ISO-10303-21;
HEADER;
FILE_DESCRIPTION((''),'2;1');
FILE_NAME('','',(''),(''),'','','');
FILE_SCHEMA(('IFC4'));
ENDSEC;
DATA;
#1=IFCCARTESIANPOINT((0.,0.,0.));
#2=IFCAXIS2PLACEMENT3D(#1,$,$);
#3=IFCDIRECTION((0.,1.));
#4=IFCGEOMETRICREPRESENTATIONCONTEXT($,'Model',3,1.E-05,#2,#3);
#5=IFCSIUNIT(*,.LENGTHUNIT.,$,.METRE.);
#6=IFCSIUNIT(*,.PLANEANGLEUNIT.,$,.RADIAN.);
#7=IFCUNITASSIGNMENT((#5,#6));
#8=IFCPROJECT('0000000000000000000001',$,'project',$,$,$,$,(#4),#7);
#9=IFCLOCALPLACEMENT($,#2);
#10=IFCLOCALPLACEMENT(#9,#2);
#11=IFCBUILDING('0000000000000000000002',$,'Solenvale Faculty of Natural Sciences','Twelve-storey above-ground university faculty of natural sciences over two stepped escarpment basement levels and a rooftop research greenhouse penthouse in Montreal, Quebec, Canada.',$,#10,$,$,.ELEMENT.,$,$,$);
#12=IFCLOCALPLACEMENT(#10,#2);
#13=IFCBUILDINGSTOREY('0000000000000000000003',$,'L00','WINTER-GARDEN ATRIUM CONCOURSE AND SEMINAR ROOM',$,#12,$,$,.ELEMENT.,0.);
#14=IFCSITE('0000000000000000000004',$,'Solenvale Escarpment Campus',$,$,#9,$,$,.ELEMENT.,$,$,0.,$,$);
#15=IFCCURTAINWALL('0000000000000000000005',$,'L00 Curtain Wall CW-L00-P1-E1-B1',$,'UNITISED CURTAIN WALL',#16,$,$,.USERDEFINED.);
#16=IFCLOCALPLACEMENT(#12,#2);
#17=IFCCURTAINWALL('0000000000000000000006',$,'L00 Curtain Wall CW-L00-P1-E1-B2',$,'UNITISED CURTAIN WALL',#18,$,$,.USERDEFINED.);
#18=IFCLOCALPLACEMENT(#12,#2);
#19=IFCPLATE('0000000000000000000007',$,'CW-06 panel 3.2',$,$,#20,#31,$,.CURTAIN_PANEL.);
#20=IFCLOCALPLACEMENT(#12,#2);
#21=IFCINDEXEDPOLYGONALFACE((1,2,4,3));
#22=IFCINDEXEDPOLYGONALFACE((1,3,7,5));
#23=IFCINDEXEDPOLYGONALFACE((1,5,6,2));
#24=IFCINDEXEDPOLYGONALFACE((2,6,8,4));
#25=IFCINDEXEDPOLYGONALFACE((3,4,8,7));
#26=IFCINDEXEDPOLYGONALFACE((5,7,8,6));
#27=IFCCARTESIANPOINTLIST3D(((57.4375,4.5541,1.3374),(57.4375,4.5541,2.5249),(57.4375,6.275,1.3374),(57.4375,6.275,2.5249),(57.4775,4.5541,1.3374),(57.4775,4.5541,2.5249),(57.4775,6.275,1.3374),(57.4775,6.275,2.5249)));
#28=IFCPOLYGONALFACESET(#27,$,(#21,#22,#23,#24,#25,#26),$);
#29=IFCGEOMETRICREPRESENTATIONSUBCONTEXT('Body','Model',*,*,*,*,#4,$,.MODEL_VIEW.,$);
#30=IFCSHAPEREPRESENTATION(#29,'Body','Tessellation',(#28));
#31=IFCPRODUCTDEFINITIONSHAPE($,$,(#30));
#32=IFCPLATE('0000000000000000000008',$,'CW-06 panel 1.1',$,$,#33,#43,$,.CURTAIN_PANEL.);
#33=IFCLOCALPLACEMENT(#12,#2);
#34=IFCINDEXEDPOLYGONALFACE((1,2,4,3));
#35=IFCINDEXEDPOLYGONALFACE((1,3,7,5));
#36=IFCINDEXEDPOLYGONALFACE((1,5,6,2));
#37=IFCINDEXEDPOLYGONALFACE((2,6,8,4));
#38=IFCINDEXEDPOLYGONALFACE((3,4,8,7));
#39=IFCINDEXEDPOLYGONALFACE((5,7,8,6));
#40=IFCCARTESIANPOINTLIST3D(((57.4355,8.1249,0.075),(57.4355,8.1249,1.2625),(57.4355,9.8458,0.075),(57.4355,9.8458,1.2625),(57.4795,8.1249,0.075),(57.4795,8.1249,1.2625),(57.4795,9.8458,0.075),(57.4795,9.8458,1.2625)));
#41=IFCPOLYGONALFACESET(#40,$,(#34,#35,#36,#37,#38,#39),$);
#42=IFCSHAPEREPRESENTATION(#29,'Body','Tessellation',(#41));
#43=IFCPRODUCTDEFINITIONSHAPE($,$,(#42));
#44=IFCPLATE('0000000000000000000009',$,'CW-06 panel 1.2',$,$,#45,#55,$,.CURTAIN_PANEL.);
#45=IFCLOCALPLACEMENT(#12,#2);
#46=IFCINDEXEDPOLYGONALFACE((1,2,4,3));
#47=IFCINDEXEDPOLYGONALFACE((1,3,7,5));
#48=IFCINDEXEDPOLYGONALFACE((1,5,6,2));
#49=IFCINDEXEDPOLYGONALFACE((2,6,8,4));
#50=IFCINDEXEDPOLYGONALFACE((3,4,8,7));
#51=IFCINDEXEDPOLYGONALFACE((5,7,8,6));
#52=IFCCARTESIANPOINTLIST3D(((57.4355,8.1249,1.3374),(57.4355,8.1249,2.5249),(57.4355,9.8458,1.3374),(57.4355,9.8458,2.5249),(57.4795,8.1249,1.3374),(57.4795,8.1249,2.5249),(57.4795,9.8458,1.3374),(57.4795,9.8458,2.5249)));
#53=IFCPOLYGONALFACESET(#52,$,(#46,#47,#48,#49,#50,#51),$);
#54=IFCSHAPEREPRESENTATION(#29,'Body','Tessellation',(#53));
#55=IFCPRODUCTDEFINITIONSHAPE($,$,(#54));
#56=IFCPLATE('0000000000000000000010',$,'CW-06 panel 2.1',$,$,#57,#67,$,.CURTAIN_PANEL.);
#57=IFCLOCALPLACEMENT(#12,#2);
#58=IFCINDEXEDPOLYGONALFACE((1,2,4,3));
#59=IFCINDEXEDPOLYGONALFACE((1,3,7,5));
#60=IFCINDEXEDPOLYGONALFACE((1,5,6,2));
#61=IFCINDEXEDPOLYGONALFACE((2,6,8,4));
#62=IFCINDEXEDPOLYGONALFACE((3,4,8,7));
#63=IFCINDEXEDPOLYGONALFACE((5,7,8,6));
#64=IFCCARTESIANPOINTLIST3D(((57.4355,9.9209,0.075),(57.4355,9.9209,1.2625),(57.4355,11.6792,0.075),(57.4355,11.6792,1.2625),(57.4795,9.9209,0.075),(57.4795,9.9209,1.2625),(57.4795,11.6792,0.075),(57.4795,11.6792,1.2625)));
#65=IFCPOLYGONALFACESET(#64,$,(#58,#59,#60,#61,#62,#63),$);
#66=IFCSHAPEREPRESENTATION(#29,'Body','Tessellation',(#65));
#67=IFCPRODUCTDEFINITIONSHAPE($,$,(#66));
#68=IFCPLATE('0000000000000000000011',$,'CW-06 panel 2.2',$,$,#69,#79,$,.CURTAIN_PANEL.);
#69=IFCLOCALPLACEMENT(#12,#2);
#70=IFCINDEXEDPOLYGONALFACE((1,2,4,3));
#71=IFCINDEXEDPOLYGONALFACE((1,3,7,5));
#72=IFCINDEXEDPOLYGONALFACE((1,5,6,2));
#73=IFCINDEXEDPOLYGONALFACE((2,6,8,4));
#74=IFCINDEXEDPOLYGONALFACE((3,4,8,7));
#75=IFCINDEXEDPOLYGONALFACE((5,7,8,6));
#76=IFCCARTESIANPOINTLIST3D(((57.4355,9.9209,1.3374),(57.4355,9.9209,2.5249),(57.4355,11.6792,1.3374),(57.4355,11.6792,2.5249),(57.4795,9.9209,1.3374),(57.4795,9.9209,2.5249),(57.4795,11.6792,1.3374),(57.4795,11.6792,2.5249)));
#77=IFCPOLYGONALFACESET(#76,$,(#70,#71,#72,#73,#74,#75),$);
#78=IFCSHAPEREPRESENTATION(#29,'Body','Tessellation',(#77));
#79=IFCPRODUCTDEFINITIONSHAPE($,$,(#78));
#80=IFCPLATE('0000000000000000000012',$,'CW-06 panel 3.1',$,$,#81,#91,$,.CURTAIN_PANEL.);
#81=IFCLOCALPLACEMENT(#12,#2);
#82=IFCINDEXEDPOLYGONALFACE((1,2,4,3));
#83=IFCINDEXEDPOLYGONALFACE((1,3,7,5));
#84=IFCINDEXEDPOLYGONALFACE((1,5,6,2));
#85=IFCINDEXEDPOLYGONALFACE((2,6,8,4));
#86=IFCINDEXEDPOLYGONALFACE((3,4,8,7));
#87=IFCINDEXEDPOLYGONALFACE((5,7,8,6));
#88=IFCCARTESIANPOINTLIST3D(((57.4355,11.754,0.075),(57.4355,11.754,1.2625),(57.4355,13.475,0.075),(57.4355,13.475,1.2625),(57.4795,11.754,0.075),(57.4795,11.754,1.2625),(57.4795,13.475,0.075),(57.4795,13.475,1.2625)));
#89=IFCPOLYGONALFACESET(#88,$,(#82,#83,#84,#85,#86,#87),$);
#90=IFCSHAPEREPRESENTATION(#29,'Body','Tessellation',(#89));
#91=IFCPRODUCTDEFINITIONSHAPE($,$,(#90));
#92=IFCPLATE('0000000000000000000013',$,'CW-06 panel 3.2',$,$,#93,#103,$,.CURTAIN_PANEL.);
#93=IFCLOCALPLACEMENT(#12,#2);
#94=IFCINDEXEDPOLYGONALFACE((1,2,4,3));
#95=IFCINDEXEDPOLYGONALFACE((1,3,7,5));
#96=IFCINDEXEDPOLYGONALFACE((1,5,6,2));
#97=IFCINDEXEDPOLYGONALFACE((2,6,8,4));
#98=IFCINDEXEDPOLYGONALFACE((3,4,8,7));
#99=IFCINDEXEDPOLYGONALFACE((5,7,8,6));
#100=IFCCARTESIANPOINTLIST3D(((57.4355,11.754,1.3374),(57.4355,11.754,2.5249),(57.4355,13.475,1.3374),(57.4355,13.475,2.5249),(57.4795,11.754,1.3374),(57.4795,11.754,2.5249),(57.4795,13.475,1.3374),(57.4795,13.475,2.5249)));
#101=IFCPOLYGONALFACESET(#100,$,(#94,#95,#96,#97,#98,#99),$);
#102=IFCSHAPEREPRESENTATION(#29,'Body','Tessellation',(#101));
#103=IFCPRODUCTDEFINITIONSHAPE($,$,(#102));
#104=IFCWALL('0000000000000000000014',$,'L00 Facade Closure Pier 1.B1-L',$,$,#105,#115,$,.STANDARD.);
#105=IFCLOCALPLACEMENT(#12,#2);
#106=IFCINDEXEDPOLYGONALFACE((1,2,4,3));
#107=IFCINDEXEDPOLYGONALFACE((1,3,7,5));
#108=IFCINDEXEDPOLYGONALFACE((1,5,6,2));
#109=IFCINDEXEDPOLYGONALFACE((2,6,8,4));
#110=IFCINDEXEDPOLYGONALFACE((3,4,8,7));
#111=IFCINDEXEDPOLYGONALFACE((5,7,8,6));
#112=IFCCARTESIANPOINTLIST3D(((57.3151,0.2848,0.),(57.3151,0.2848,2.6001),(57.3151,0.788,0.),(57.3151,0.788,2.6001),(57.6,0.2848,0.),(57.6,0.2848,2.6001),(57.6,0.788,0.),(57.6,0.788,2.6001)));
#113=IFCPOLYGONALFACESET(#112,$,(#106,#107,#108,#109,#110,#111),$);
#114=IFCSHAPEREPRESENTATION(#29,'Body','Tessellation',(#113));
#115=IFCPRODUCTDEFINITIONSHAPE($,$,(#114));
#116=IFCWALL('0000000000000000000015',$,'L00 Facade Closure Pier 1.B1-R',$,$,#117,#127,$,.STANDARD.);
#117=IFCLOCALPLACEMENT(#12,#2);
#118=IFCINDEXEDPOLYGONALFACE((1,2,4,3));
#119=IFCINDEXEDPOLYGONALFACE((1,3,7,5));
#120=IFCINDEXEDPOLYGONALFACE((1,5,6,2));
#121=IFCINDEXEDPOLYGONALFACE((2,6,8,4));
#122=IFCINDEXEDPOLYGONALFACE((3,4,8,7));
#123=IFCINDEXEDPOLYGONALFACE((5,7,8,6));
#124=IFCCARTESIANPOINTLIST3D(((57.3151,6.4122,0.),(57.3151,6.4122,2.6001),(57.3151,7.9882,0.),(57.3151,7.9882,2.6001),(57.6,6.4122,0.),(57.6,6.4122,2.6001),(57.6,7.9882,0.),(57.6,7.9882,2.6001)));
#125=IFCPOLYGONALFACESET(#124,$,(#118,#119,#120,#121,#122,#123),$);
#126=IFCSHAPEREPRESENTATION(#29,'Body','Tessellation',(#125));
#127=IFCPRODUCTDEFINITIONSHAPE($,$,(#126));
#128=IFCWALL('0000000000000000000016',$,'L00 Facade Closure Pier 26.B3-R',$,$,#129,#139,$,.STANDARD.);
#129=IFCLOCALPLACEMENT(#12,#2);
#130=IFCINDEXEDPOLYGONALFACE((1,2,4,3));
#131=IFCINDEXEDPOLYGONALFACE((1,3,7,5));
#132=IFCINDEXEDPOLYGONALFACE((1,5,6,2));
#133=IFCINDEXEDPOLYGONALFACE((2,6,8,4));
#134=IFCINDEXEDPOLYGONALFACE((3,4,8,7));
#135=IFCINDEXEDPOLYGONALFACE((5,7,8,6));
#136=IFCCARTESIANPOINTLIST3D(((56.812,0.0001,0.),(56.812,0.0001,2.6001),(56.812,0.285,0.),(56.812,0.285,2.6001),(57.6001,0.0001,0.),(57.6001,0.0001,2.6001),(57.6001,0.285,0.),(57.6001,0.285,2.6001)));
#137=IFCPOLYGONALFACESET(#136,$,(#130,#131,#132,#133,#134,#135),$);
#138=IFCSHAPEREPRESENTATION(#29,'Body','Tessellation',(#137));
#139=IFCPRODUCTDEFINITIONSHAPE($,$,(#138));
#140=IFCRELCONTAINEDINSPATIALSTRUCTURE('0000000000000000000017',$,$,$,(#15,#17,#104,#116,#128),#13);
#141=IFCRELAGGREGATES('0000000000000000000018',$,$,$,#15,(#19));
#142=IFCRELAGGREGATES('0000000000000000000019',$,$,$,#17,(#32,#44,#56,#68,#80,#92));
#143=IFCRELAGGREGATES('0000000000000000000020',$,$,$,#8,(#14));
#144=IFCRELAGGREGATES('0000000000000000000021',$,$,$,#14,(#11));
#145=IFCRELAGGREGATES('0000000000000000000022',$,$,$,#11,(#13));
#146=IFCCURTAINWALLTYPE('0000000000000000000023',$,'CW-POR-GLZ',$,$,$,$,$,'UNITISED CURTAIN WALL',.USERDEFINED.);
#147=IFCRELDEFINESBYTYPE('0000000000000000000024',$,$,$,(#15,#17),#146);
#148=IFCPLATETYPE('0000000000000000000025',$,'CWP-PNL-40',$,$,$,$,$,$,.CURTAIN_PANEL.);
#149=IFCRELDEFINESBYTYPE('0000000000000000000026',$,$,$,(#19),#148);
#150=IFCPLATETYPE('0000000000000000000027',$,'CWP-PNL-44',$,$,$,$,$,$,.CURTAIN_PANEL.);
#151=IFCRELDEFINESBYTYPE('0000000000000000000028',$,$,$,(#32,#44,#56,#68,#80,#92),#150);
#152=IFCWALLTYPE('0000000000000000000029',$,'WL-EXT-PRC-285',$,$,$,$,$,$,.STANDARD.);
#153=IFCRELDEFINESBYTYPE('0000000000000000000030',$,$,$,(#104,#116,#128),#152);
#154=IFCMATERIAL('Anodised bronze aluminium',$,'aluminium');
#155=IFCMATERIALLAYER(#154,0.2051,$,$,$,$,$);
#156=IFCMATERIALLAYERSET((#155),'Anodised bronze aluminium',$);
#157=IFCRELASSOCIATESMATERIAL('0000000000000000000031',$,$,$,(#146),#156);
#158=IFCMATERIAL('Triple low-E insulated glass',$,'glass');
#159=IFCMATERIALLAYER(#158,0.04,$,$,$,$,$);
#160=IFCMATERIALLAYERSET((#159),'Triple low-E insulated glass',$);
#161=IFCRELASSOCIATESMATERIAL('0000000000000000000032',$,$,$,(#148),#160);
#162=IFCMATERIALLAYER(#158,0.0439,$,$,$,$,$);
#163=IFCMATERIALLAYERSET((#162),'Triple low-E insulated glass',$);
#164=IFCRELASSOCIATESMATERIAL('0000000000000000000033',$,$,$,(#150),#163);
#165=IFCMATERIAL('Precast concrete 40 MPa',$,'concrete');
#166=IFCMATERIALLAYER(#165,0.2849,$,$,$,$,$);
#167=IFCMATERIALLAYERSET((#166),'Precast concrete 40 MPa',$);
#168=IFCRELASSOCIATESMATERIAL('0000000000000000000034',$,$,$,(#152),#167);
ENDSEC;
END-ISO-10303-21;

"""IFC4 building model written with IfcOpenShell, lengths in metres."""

from ifc_helpers import new_model, si_unit, direction, frame, frame_2d, origin, origin_2d, place, context, subcontext, project, spatial, rectangle, extrude, material, layer, layer_set, type_object, element, aggregate, save


model = new_model("IFC4")

# Units and contexts
model_context = context("Model", 3, precision=1e-05, world=origin(), true_north=direction((0.0, 1.0)))
body_context = subcontext(model_context, "Body", "Model", "MODEL_VIEW")
ifc_project = project(units=[si_unit("LENGTHUNIT", "METRE"), si_unit("PLANEANGLEUNIT", "RADIAN")], contexts=[model_context])

# Site, building, storey
site_placement = place(None, origin())
site = spatial("IfcSite", under=ifc_project, at=site_placement, Name="Solenvale Escarpment Campus", CompositionType="ELEMENT", RefElevation=0.0)
building_placement = place(site_placement, origin())
building = spatial("IfcBuilding", under=site, at=building_placement, Name="Solenvale Faculty of Natural Sciences", Description="Twelve-storey above-ground university faculty of natural sciences over two stepped escarpment basement levels and a rooftop research greenhouse penthouse in Montreal, Quebec, Canada.", CompositionType="ELEMENT")
storey_placement = place(building_placement, origin())
storey = spatial("IfcBuildingStorey", under=building, at=storey_placement, Name="L00", Description="WINTER-GARDEN ATRIUM CONCOURSE AND SEMINAR ROOM", CompositionType="ELEMENT", Elevation=0.0)

# Curtain walls
ifc_material_1 = material(Name="Anodised bronze aluminium", Category="aluminium")
ifc_layer_1 = layer(ifc_material_1, 0.2051)
ifc_layer_set_1 = layer_set([ifc_layer_1], Name="Anodised bronze aluminium")
curtain_wall_type = type_object("IfcCurtainWallType", Name="CW-POR-GLZ", ElementType="UNITISED CURTAIN WALL", PredefinedType="USERDEFINED", material=ifc_layer_set_1)
curtain_wall_1_placement = place(storey_placement, origin())
curtain_wall_1 = element("IfcCurtainWall", 1, at=curtain_wall_1_placement, inside=storey, type_object=curtain_wall_type, Name="L00 Curtain Wall CW-L00-P1-E1-B1", ObjectType="UNITISED CURTAIN WALL", PredefinedType="USERDEFINED")
curtain_wall_2_placement = place(storey_placement, origin())
curtain_wall_2 = element("IfcCurtainWall", 2, at=curtain_wall_2_placement, inside=storey, type_object=curtain_wall_type, Name="L00 Curtain Wall CW-L00-P1-E1-B2", ObjectType="UNITISED CURTAIN WALL", PredefinedType="USERDEFINED")

# Plates
ifc_material_2 = material(Name="Triple low-E insulated glass", Category="glass")
ifc_layer_2 = layer(ifc_material_2, 0.04)
ifc_layer_set_2 = layer_set([ifc_layer_2], Name="Triple low-E insulated glass")
plate_type_1 = type_object("IfcPlateType", Name="CWP-PNL-40", PredefinedType="CURTAIN_PANEL", material=ifc_layer_set_2)
plate_1_placement = place(storey_placement, frame((57.4575, 5.4146, 1.3374), z_axis=(0.0, 0.0, 1.0), x_axis=(0.0, 1.0, 0.0)))
plate_1 = element("IfcPlate", 3, at=plate_1_placement, type_object=plate_type_1, Name="CW-06 panel 3.2", PredefinedType="CURTAIN_PANEL", context=body_context, shape_type="SweptSolid", body=[
    extrude(rectangle(XDim=1.7209, YDim=0.04, at=origin_2d()), origin(), (0.0, 0.0, 1.0), 1.1875),
])
aggregate(curtain_wall_1, [plate_1])
ifc_layer_3 = layer(ifc_material_2, 0.0439)
ifc_layer_set_3 = layer_set([ifc_layer_3], Name="Triple low-E insulated glass")
plate_type_2 = type_object("IfcPlateType", Name="CWP-PNL-44", PredefinedType="CURTAIN_PANEL", material=ifc_layer_set_3)
plate_2_placement = place(storey_placement, frame((57.4575, 8.9854, 0.075), z_axis=(0.0, 0.0, 1.0), x_axis=(0.0, 1.0, 0.0)))
plate_2 = element("IfcPlate", 4, at=plate_2_placement, type_object=plate_type_2, Name="CW-06 panel 1.1", PredefinedType="CURTAIN_PANEL", context=body_context, shape_type="SweptSolid", body=[
    extrude(rectangle(XDim=1.7209, YDim=0.0439, at=origin_2d()), origin(), (0.0, 0.0, 1.0), 1.1875),
])
plate_3_placement = place(storey_placement, frame((57.4575, 8.9854, 1.3374), z_axis=(0.0, 0.0, 1.0), x_axis=(0.0, 1.0, 0.0)))
plate_3 = element("IfcPlate", 5, at=plate_3_placement, type_object=plate_type_2, Name="CW-06 panel 1.2", PredefinedType="CURTAIN_PANEL", context=body_context, shape_type="SweptSolid", body=[
    extrude(rectangle(XDim=1.7209, YDim=0.0439, at=origin_2d()), origin(), (0.0, 0.0, 1.0), 1.1875),
])
plate_4_placement = place(storey_placement, frame((57.4575, 10.8, 0.075), z_axis=(0.0, 0.0, 1.0), x_axis=(0.0, 1.0, 0.0)))
plate_4 = element("IfcPlate", 6, at=plate_4_placement, type_object=plate_type_2, Name="CW-06 panel 2.1", PredefinedType="CURTAIN_PANEL", context=body_context, shape_type="SweptSolid", body=[
    extrude(rectangle(XDim=1.7583, YDim=0.0439, at=origin_2d()), origin(), (0.0, 0.0, 1.0), 1.1875),
])
plate_5_placement = place(storey_placement, frame((57.4575, 10.8, 1.3374), z_axis=(0.0, 0.0, 1.0), x_axis=(0.0, 1.0, 0.0)))
plate_5 = element("IfcPlate", 7, at=plate_5_placement, type_object=plate_type_2, Name="CW-06 panel 2.2", PredefinedType="CURTAIN_PANEL", context=body_context, shape_type="SweptSolid", body=[
    extrude(rectangle(XDim=1.7583, YDim=0.0439, at=origin_2d()), origin(), (0.0, 0.0, 1.0), 1.1875),
])
plate_6_placement = place(storey_placement, frame((57.4575, 12.6145, 0.075), z_axis=(0.0, 0.0, 1.0), x_axis=(0.0, 1.0, 0.0)))
plate_6 = element("IfcPlate", 8, at=plate_6_placement, type_object=plate_type_2, Name="CW-06 panel 3.1", PredefinedType="CURTAIN_PANEL", context=body_context, shape_type="SweptSolid", body=[
    extrude(rectangle(XDim=1.7209, YDim=0.0439, at=origin_2d()), origin(), (0.0, 0.0, 1.0), 1.1875),
])
plate_7_placement = place(storey_placement, frame((57.4575, 12.6145, 1.3374), z_axis=(0.0, 0.0, 1.0), x_axis=(0.0, 1.0, 0.0)))
plate_7 = element("IfcPlate", 9, at=plate_7_placement, type_object=plate_type_2, Name="CW-06 panel 3.2", PredefinedType="CURTAIN_PANEL", context=body_context, shape_type="SweptSolid", body=[
    extrude(rectangle(XDim=1.7209, YDim=0.0439, at=origin_2d()), origin(), (0.0, 0.0, 1.0), 1.1875),
])
aggregate(curtain_wall_2, [plate_2, plate_3, plate_4, plate_5, plate_6, plate_7])

# Walls
ifc_material_3 = material(Name="Precast concrete 40 MPa", Category="concrete")
ifc_layer_4 = layer(ifc_material_3, 0.2849)
ifc_layer_set_4 = layer_set([ifc_layer_4], Name="Precast concrete 40 MPa")
wall_type = type_object("IfcWallType", Name="WL-EXT-PRC-285", PredefinedType="STANDARD", material=ifc_layer_set_4)
wall_1_placement = place(storey_placement, frame((57.4575, 0.2849, 0.0), z_axis=(0.0, 0.0, 1.0), x_axis=(0.0, 1.0, 0.0)))
element("IfcWall", 10, at=wall_1_placement, inside=storey, type_object=wall_type, Name="L00 Facade Closure Pier 1.B1-L", PredefinedType="STANDARD", context=body_context, shape_type="SweptSolid", body=[
    extrude(rectangle(XDim=0.5032, YDim=0.2849, at=frame_2d((0.2515, 0.0))), origin(), (0.0, 0.0, 1.0), 2.6001),
])
wall_2_placement = place(storey_placement, frame((57.4575, 6.4121, 0.0), z_axis=(0.0, 0.0, 1.0), x_axis=(0.0, 1.0, 0.0)))
element("IfcWall", 11, at=wall_2_placement, inside=storey, type_object=wall_type, Name="L00 Facade Closure Pier 1.B1-R", PredefinedType="STANDARD", context=body_context, shape_type="SweptSolid", body=[
    extrude(rectangle(XDim=1.5759, YDim=0.2849, at=frame_2d((0.7881, 0.0))), origin(), (0.0, 0.0, 1.0), 2.6001),
])
wall_3_placement = place(storey_placement, frame((56.812, 0.1426, 0.0), z_axis=(0.0, 0.0, 1.0), x_axis=(1.0, 0.0, 0.0)))
element("IfcWall", 12, at=wall_3_placement, inside=storey, type_object=wall_type, Name="L00 Facade Closure Pier 26.B3-R", PredefinedType="STANDARD", context=body_context, shape_type="SweptSolid", body=[
    extrude(rectangle(XDim=0.7881, YDim=0.2849, at=frame_2d((0.394, 0.0))), origin(), (0.0, 0.0, 1.0), 2.6001),
])

save(model, "model.ifc")
